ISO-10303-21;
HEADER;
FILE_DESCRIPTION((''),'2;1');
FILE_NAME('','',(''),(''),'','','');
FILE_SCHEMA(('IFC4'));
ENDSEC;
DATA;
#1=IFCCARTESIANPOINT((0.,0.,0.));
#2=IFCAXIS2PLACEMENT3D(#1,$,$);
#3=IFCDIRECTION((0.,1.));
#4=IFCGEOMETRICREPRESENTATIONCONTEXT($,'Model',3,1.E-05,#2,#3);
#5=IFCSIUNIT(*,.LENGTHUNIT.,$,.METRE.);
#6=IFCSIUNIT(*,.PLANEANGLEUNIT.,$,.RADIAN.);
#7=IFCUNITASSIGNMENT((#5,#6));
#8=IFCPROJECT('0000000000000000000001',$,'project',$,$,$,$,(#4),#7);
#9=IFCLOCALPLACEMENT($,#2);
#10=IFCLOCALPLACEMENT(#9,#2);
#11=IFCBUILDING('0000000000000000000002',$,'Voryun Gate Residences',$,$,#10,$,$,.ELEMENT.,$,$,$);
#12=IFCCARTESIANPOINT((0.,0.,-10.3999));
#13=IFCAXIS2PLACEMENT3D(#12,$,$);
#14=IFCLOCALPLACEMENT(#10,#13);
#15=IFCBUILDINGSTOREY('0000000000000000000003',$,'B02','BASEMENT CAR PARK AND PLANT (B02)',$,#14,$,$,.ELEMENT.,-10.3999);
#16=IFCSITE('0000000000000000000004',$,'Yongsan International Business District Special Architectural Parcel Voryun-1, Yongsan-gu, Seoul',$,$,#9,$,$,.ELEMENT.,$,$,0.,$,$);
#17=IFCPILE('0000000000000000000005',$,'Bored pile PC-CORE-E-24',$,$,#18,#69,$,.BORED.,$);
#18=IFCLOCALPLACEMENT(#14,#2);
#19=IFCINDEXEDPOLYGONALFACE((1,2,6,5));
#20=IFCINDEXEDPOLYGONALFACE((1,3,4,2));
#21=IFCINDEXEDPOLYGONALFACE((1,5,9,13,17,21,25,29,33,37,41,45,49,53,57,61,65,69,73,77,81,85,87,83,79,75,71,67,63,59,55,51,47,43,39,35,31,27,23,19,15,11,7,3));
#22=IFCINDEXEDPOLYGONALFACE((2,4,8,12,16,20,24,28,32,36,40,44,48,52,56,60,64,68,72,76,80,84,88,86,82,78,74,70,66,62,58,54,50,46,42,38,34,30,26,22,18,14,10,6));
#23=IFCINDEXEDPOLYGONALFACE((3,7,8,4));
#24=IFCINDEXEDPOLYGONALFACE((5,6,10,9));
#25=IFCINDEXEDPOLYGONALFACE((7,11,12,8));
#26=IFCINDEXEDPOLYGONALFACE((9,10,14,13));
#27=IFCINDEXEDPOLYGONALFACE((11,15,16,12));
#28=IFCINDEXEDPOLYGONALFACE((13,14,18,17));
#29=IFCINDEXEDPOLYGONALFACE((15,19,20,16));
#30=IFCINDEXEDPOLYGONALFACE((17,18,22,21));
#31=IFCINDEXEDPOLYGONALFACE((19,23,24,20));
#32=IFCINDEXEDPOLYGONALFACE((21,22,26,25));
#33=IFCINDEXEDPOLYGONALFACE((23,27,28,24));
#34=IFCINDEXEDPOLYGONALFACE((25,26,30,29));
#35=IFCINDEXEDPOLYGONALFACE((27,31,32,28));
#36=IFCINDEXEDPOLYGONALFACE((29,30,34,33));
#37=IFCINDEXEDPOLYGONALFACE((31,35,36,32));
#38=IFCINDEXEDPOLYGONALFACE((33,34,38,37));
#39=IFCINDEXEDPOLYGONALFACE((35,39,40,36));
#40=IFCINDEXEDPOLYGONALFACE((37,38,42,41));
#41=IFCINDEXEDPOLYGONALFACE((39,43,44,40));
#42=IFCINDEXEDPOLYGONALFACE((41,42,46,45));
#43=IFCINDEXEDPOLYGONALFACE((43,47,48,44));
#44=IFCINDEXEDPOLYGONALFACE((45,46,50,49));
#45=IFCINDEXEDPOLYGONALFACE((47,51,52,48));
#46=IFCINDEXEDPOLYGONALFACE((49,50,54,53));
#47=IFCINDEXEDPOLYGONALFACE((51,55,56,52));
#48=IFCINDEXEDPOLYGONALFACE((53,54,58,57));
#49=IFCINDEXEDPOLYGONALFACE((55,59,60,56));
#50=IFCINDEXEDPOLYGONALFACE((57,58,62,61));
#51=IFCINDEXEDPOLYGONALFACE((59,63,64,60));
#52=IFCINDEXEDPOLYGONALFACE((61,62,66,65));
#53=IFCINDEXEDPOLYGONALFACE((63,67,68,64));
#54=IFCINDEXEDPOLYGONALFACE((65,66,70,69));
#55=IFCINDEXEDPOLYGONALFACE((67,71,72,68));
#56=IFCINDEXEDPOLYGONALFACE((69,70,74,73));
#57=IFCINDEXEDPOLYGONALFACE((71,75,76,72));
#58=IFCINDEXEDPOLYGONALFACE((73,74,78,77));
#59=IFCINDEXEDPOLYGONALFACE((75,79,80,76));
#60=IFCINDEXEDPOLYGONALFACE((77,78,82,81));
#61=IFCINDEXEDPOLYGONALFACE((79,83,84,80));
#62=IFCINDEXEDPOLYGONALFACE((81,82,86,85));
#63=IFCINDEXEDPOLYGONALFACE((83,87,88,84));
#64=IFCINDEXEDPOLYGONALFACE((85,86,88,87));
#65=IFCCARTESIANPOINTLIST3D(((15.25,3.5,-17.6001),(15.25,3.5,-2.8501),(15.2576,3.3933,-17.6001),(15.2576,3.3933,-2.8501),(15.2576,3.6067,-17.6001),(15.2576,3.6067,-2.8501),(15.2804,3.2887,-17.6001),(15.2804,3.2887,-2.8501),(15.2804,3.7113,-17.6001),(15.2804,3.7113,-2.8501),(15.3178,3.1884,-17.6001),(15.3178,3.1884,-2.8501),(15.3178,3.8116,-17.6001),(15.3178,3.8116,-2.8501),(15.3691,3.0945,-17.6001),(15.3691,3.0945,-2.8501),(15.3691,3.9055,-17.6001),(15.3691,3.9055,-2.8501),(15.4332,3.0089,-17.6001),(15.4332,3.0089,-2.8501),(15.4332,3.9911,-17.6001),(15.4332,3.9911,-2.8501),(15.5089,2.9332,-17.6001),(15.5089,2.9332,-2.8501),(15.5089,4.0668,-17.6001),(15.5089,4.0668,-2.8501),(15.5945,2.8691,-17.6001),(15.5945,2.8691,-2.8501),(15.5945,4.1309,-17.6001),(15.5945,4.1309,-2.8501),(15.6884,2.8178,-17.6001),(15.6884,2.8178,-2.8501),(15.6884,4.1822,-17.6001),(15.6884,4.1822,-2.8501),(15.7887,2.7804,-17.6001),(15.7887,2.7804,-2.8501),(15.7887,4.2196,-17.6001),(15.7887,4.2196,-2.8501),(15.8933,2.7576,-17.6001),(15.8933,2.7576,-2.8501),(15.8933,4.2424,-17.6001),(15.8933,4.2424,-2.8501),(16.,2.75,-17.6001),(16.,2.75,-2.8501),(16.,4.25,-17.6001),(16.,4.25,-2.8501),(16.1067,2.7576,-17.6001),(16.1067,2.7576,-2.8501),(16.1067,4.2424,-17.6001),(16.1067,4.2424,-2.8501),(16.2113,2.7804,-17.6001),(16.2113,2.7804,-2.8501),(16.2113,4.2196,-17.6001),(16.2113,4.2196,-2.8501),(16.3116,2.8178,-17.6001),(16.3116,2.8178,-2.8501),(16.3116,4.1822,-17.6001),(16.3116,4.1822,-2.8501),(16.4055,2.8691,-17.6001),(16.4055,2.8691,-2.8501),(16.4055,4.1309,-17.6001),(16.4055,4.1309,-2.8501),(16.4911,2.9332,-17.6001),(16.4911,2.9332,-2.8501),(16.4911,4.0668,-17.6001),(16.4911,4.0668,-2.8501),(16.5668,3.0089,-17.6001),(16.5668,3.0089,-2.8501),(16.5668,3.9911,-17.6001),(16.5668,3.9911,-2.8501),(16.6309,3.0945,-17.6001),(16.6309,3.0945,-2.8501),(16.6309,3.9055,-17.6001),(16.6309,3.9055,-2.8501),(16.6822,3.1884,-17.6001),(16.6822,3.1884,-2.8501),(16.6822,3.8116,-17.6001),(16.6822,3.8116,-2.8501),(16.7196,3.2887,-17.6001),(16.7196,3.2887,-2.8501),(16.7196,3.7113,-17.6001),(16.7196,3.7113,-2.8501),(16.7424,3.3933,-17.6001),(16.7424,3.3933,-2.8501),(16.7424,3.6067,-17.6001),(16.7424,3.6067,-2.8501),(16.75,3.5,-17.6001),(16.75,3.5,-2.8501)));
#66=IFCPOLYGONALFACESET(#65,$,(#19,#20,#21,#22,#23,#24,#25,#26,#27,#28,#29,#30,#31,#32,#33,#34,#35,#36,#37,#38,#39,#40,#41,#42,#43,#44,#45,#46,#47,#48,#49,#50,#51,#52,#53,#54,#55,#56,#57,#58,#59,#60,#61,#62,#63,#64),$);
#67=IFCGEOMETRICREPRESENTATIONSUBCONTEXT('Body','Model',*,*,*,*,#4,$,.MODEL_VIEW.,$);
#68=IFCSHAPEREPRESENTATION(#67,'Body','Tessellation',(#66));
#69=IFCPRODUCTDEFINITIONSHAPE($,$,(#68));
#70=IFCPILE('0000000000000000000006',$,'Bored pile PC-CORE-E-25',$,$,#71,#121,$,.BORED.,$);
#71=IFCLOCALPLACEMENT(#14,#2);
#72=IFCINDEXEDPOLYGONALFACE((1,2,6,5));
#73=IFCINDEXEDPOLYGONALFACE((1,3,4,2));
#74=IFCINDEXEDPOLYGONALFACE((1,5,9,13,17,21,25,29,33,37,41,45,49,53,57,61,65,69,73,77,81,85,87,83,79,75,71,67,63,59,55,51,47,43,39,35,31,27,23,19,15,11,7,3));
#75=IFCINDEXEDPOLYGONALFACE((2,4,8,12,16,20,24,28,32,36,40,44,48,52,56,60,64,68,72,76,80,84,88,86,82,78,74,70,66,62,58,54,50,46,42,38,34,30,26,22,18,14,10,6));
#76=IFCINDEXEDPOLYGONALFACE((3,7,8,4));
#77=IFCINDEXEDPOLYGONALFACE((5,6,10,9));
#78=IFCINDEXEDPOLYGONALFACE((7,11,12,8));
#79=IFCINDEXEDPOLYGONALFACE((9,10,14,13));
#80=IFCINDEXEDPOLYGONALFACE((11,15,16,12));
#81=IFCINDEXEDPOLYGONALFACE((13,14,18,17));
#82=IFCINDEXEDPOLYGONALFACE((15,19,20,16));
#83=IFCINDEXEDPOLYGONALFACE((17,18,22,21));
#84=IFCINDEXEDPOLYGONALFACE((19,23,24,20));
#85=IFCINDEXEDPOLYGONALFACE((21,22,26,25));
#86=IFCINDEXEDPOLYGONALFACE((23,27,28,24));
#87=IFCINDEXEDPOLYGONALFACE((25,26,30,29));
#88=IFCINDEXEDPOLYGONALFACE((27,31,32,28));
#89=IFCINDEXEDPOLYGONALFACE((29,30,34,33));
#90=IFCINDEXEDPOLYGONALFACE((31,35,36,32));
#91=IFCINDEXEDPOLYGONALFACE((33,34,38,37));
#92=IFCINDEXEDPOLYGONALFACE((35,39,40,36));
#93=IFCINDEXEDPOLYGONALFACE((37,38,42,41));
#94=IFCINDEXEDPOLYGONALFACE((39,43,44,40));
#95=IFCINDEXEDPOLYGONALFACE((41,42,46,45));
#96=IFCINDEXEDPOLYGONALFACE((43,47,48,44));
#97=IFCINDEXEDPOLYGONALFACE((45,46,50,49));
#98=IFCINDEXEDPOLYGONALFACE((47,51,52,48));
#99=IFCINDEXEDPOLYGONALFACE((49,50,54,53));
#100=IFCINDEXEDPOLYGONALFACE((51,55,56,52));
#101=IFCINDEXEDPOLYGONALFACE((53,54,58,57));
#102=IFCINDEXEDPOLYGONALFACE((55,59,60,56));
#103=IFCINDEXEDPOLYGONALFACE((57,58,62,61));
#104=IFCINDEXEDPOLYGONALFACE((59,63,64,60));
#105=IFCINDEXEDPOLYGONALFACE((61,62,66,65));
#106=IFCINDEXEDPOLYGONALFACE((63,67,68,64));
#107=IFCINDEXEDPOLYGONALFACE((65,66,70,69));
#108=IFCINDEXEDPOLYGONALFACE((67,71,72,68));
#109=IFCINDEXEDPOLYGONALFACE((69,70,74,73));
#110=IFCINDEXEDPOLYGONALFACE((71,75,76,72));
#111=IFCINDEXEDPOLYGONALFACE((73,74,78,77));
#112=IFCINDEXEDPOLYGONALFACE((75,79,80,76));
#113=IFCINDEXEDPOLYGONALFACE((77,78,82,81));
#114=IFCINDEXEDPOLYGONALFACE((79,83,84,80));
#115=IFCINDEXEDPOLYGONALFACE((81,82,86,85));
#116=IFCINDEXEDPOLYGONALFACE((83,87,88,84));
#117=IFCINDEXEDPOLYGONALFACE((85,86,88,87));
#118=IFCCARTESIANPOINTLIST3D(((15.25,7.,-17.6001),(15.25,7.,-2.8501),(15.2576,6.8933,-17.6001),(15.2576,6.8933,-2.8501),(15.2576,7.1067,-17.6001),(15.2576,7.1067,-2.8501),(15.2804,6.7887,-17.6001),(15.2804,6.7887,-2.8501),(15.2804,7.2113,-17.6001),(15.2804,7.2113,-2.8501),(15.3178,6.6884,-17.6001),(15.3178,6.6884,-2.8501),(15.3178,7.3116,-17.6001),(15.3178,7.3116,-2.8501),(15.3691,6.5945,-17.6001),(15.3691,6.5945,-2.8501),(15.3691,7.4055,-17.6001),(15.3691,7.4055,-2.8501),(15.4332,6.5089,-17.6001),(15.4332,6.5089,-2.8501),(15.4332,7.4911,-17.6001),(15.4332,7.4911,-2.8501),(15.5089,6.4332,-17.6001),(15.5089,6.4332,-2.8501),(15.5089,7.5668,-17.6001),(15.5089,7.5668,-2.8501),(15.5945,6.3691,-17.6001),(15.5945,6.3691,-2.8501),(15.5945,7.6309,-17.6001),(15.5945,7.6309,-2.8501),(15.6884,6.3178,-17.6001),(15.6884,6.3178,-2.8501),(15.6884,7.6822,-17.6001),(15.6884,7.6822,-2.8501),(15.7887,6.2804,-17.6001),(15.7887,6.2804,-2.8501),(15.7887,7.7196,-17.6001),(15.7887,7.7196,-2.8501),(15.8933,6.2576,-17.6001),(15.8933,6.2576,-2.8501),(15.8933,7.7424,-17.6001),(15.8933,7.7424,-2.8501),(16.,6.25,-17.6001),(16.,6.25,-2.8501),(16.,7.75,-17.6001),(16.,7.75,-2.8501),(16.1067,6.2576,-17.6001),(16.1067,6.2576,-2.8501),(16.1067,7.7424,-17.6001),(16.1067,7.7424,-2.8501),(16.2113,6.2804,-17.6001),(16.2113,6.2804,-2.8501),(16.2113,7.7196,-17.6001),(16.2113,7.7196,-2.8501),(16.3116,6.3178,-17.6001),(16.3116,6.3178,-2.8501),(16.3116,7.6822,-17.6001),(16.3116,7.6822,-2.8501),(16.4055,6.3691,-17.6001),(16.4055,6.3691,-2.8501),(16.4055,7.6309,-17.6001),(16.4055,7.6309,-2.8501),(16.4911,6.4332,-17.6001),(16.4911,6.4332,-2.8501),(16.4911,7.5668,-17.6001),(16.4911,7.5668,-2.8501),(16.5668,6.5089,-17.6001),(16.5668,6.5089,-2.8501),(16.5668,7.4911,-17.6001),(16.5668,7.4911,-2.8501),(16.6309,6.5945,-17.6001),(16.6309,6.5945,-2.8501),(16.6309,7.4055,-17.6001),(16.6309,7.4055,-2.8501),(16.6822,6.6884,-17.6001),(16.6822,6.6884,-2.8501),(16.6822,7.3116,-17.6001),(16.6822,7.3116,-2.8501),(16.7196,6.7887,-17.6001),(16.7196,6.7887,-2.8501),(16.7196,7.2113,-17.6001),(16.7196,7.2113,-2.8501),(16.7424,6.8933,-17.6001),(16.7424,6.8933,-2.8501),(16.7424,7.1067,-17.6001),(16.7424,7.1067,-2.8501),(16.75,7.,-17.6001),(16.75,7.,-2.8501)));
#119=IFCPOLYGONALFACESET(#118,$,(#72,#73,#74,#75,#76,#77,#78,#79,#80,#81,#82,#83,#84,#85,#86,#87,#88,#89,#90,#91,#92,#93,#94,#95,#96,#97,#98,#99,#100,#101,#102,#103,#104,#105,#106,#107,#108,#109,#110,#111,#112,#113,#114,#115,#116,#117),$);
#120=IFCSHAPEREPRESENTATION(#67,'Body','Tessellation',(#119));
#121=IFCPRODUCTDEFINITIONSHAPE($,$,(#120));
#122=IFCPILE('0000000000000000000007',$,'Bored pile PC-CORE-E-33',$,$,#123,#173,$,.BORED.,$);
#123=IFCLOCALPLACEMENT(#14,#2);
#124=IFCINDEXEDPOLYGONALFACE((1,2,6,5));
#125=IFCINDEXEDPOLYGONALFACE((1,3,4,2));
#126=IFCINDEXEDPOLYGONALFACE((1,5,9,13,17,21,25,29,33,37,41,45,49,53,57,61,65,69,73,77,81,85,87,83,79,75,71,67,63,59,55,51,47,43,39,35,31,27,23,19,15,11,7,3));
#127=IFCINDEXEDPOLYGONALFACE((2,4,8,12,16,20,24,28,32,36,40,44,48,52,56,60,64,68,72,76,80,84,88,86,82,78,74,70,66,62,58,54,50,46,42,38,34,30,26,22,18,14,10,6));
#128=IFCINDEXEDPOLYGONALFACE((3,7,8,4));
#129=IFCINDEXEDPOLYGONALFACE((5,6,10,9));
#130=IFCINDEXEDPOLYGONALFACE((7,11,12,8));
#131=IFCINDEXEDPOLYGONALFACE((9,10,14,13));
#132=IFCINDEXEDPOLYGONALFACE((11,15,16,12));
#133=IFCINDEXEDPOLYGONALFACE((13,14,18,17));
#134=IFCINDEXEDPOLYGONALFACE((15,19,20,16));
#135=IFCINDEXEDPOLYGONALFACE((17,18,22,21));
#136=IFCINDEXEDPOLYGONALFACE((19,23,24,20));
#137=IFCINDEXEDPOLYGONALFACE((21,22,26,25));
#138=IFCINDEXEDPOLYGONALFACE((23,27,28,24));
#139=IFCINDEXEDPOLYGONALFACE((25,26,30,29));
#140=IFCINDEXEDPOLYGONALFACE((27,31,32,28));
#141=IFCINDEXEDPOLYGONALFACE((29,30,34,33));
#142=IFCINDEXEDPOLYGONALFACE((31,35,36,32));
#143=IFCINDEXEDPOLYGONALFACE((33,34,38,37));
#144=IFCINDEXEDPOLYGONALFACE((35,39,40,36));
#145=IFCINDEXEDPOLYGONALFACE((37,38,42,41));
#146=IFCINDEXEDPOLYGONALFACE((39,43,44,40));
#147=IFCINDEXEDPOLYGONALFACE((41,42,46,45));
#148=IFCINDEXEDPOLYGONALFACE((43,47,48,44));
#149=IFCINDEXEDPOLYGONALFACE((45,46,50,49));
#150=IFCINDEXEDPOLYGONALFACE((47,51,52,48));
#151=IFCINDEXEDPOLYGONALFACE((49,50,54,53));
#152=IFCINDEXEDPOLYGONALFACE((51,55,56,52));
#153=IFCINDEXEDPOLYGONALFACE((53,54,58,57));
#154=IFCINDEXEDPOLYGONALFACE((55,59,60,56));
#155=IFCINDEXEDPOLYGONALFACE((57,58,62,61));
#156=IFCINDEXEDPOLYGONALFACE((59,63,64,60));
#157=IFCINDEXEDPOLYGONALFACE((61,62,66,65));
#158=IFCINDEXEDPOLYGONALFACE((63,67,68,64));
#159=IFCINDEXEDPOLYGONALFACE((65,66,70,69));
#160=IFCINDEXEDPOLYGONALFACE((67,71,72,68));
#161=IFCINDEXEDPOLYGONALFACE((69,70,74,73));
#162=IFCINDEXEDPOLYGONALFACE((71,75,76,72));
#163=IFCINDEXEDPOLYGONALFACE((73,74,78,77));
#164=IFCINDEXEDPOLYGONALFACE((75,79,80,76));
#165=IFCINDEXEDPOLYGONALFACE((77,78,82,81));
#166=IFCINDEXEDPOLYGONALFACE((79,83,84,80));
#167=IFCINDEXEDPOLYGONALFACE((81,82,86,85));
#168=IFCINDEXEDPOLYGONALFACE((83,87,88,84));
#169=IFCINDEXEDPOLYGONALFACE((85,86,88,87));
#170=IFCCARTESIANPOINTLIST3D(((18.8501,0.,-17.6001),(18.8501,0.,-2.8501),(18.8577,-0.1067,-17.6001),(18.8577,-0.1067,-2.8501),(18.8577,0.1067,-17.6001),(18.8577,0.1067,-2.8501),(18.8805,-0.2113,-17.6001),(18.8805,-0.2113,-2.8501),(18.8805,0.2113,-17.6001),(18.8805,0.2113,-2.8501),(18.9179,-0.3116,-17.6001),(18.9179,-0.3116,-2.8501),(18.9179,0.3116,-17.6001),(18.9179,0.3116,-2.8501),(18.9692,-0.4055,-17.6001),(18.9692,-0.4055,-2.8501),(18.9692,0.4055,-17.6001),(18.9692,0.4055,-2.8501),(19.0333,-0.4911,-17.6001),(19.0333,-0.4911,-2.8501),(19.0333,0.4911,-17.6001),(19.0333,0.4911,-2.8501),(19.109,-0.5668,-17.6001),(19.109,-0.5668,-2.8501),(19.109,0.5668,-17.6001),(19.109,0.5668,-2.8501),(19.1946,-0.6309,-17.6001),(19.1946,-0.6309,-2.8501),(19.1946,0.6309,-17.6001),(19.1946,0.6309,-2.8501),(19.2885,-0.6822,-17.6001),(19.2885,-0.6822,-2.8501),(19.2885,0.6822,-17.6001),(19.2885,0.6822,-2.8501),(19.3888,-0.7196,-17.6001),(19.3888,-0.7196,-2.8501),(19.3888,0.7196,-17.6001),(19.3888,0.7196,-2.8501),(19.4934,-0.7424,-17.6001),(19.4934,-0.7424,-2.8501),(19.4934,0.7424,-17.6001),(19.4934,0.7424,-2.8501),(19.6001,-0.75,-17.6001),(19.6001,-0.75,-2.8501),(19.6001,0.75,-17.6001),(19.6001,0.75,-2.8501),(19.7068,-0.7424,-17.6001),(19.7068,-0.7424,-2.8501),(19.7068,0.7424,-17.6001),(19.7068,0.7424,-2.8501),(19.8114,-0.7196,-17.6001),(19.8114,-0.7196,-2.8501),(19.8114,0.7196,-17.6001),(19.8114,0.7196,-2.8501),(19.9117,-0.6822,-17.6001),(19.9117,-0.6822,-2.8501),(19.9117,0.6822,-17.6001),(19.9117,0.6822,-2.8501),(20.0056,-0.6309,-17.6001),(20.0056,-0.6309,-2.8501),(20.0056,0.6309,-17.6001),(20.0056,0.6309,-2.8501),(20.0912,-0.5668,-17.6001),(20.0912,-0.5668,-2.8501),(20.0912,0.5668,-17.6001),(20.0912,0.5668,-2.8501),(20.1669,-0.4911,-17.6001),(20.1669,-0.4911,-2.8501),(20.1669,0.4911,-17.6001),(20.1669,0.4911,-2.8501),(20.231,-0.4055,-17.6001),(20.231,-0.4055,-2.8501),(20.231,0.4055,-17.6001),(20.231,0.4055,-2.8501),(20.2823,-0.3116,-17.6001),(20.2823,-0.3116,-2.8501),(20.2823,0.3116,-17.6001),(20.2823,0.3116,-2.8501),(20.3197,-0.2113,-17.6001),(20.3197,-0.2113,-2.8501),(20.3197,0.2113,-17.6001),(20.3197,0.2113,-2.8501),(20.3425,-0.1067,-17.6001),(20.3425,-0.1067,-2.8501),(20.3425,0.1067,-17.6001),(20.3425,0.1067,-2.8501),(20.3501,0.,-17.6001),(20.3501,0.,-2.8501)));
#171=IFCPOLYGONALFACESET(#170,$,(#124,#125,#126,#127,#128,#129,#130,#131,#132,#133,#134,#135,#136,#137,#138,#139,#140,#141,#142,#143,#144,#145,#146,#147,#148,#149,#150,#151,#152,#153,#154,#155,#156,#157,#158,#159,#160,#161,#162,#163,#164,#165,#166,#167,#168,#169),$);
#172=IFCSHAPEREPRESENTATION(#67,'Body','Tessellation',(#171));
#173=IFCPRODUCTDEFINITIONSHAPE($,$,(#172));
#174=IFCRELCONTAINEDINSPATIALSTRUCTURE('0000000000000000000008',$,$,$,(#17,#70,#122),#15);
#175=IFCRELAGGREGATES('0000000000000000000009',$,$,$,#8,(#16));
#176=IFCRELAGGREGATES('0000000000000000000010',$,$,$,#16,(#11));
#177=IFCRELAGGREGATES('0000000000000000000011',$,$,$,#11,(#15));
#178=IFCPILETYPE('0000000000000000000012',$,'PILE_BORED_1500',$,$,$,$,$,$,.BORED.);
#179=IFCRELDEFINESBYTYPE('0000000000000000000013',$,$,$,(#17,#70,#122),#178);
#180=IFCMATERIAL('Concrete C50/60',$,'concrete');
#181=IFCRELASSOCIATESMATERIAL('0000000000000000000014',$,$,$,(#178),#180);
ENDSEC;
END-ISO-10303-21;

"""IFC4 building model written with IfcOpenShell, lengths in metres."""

from ifc_helpers import new_model, si_unit, direction, frame, origin, origin_2d, place, context, subcontext, project, spatial, circle, extrude, material, material_profile, profile_set, type_object, element, save


model = new_model("IFC4")

# Units and contexts
model_context = context("Model", 3, precision=1e-05, world=origin(), true_north=direction((0.0, 1.0)))
body_context = subcontext(model_context, "Body", "Model", "MODEL_VIEW")
ifc_project = project(units=[si_unit("LENGTHUNIT", "METRE"), si_unit("PLANEANGLEUNIT", "RADIAN")], contexts=[model_context])

# Site, building, storey
site_placement = place(None, origin())
site = spatial("IfcSite", under=ifc_project, at=site_placement, Name="Yongsan International Business District Special Architectural Parcel Voryun-1, Yongsan-gu, Seoul", CompositionType="ELEMENT", RefElevation=0.0)
building_placement = place(site_placement, origin())
building = spatial("IfcBuilding", under=site, at=building_placement, Name="Voryun Gate Residences", CompositionType="ELEMENT")
storey_placement = place(building_placement, frame((0.0, 0.0, -10.3999)))
storey = spatial("IfcBuildingStorey", under=building, at=storey_placement, Name="B02", Description="BASEMENT CAR PARK AND PLANT (B02)", CompositionType="ELEMENT", Elevation=-10.3999)

# Piles
ifc_material_1 = material(Name="Concrete C50/60", Category="concrete")
ifc_material_profile_1 = material_profile(ifc_material_1, circle(Radius=0.75, at=origin_2d()), Name="PILE-D1500")
ifc_profile_set_1 = profile_set([ifc_material_profile_1], Name="Concrete C50/60")
pile_type_1 = type_object("IfcPileType", Name="PILE_BORED_1500", PredefinedType="BORED", material=ifc_profile_set_1)
for number, where, z_axis, x_axis, name in (
    (1, (16.0, 3.5, -2.8501), (0.0, 0.0, -1.0), (1.0, 0.0, 0.0), "Bored pile PC-CORE-E-24"),
    (2, (16.0, 7.0, -2.8501), (0.0, 0.0, -1.0), (1.0, 0.0, 0.0), "Bored pile PC-CORE-E-25"),
    (3, (19.6001, 0.0, -2.8501), (0.0, 0.0, -1.0), (1.0, 0.0, 0.0), "Bored pile PC-CORE-E-33"),
):
    element("IfcPile", number, at=place(storey_placement, frame(where, z_axis=z_axis, x_axis=x_axis)), inside=storey, type_object=pile_type_1, Name=name, PredefinedType="BORED", context=body_context, shape_type="SweptSolid", body=[
        extrude(circle(Radius=0.75, at=origin_2d()), origin(), (0.0, 0.0, 1.0), 14.75),
    ])

save(model, "model.ifc")
